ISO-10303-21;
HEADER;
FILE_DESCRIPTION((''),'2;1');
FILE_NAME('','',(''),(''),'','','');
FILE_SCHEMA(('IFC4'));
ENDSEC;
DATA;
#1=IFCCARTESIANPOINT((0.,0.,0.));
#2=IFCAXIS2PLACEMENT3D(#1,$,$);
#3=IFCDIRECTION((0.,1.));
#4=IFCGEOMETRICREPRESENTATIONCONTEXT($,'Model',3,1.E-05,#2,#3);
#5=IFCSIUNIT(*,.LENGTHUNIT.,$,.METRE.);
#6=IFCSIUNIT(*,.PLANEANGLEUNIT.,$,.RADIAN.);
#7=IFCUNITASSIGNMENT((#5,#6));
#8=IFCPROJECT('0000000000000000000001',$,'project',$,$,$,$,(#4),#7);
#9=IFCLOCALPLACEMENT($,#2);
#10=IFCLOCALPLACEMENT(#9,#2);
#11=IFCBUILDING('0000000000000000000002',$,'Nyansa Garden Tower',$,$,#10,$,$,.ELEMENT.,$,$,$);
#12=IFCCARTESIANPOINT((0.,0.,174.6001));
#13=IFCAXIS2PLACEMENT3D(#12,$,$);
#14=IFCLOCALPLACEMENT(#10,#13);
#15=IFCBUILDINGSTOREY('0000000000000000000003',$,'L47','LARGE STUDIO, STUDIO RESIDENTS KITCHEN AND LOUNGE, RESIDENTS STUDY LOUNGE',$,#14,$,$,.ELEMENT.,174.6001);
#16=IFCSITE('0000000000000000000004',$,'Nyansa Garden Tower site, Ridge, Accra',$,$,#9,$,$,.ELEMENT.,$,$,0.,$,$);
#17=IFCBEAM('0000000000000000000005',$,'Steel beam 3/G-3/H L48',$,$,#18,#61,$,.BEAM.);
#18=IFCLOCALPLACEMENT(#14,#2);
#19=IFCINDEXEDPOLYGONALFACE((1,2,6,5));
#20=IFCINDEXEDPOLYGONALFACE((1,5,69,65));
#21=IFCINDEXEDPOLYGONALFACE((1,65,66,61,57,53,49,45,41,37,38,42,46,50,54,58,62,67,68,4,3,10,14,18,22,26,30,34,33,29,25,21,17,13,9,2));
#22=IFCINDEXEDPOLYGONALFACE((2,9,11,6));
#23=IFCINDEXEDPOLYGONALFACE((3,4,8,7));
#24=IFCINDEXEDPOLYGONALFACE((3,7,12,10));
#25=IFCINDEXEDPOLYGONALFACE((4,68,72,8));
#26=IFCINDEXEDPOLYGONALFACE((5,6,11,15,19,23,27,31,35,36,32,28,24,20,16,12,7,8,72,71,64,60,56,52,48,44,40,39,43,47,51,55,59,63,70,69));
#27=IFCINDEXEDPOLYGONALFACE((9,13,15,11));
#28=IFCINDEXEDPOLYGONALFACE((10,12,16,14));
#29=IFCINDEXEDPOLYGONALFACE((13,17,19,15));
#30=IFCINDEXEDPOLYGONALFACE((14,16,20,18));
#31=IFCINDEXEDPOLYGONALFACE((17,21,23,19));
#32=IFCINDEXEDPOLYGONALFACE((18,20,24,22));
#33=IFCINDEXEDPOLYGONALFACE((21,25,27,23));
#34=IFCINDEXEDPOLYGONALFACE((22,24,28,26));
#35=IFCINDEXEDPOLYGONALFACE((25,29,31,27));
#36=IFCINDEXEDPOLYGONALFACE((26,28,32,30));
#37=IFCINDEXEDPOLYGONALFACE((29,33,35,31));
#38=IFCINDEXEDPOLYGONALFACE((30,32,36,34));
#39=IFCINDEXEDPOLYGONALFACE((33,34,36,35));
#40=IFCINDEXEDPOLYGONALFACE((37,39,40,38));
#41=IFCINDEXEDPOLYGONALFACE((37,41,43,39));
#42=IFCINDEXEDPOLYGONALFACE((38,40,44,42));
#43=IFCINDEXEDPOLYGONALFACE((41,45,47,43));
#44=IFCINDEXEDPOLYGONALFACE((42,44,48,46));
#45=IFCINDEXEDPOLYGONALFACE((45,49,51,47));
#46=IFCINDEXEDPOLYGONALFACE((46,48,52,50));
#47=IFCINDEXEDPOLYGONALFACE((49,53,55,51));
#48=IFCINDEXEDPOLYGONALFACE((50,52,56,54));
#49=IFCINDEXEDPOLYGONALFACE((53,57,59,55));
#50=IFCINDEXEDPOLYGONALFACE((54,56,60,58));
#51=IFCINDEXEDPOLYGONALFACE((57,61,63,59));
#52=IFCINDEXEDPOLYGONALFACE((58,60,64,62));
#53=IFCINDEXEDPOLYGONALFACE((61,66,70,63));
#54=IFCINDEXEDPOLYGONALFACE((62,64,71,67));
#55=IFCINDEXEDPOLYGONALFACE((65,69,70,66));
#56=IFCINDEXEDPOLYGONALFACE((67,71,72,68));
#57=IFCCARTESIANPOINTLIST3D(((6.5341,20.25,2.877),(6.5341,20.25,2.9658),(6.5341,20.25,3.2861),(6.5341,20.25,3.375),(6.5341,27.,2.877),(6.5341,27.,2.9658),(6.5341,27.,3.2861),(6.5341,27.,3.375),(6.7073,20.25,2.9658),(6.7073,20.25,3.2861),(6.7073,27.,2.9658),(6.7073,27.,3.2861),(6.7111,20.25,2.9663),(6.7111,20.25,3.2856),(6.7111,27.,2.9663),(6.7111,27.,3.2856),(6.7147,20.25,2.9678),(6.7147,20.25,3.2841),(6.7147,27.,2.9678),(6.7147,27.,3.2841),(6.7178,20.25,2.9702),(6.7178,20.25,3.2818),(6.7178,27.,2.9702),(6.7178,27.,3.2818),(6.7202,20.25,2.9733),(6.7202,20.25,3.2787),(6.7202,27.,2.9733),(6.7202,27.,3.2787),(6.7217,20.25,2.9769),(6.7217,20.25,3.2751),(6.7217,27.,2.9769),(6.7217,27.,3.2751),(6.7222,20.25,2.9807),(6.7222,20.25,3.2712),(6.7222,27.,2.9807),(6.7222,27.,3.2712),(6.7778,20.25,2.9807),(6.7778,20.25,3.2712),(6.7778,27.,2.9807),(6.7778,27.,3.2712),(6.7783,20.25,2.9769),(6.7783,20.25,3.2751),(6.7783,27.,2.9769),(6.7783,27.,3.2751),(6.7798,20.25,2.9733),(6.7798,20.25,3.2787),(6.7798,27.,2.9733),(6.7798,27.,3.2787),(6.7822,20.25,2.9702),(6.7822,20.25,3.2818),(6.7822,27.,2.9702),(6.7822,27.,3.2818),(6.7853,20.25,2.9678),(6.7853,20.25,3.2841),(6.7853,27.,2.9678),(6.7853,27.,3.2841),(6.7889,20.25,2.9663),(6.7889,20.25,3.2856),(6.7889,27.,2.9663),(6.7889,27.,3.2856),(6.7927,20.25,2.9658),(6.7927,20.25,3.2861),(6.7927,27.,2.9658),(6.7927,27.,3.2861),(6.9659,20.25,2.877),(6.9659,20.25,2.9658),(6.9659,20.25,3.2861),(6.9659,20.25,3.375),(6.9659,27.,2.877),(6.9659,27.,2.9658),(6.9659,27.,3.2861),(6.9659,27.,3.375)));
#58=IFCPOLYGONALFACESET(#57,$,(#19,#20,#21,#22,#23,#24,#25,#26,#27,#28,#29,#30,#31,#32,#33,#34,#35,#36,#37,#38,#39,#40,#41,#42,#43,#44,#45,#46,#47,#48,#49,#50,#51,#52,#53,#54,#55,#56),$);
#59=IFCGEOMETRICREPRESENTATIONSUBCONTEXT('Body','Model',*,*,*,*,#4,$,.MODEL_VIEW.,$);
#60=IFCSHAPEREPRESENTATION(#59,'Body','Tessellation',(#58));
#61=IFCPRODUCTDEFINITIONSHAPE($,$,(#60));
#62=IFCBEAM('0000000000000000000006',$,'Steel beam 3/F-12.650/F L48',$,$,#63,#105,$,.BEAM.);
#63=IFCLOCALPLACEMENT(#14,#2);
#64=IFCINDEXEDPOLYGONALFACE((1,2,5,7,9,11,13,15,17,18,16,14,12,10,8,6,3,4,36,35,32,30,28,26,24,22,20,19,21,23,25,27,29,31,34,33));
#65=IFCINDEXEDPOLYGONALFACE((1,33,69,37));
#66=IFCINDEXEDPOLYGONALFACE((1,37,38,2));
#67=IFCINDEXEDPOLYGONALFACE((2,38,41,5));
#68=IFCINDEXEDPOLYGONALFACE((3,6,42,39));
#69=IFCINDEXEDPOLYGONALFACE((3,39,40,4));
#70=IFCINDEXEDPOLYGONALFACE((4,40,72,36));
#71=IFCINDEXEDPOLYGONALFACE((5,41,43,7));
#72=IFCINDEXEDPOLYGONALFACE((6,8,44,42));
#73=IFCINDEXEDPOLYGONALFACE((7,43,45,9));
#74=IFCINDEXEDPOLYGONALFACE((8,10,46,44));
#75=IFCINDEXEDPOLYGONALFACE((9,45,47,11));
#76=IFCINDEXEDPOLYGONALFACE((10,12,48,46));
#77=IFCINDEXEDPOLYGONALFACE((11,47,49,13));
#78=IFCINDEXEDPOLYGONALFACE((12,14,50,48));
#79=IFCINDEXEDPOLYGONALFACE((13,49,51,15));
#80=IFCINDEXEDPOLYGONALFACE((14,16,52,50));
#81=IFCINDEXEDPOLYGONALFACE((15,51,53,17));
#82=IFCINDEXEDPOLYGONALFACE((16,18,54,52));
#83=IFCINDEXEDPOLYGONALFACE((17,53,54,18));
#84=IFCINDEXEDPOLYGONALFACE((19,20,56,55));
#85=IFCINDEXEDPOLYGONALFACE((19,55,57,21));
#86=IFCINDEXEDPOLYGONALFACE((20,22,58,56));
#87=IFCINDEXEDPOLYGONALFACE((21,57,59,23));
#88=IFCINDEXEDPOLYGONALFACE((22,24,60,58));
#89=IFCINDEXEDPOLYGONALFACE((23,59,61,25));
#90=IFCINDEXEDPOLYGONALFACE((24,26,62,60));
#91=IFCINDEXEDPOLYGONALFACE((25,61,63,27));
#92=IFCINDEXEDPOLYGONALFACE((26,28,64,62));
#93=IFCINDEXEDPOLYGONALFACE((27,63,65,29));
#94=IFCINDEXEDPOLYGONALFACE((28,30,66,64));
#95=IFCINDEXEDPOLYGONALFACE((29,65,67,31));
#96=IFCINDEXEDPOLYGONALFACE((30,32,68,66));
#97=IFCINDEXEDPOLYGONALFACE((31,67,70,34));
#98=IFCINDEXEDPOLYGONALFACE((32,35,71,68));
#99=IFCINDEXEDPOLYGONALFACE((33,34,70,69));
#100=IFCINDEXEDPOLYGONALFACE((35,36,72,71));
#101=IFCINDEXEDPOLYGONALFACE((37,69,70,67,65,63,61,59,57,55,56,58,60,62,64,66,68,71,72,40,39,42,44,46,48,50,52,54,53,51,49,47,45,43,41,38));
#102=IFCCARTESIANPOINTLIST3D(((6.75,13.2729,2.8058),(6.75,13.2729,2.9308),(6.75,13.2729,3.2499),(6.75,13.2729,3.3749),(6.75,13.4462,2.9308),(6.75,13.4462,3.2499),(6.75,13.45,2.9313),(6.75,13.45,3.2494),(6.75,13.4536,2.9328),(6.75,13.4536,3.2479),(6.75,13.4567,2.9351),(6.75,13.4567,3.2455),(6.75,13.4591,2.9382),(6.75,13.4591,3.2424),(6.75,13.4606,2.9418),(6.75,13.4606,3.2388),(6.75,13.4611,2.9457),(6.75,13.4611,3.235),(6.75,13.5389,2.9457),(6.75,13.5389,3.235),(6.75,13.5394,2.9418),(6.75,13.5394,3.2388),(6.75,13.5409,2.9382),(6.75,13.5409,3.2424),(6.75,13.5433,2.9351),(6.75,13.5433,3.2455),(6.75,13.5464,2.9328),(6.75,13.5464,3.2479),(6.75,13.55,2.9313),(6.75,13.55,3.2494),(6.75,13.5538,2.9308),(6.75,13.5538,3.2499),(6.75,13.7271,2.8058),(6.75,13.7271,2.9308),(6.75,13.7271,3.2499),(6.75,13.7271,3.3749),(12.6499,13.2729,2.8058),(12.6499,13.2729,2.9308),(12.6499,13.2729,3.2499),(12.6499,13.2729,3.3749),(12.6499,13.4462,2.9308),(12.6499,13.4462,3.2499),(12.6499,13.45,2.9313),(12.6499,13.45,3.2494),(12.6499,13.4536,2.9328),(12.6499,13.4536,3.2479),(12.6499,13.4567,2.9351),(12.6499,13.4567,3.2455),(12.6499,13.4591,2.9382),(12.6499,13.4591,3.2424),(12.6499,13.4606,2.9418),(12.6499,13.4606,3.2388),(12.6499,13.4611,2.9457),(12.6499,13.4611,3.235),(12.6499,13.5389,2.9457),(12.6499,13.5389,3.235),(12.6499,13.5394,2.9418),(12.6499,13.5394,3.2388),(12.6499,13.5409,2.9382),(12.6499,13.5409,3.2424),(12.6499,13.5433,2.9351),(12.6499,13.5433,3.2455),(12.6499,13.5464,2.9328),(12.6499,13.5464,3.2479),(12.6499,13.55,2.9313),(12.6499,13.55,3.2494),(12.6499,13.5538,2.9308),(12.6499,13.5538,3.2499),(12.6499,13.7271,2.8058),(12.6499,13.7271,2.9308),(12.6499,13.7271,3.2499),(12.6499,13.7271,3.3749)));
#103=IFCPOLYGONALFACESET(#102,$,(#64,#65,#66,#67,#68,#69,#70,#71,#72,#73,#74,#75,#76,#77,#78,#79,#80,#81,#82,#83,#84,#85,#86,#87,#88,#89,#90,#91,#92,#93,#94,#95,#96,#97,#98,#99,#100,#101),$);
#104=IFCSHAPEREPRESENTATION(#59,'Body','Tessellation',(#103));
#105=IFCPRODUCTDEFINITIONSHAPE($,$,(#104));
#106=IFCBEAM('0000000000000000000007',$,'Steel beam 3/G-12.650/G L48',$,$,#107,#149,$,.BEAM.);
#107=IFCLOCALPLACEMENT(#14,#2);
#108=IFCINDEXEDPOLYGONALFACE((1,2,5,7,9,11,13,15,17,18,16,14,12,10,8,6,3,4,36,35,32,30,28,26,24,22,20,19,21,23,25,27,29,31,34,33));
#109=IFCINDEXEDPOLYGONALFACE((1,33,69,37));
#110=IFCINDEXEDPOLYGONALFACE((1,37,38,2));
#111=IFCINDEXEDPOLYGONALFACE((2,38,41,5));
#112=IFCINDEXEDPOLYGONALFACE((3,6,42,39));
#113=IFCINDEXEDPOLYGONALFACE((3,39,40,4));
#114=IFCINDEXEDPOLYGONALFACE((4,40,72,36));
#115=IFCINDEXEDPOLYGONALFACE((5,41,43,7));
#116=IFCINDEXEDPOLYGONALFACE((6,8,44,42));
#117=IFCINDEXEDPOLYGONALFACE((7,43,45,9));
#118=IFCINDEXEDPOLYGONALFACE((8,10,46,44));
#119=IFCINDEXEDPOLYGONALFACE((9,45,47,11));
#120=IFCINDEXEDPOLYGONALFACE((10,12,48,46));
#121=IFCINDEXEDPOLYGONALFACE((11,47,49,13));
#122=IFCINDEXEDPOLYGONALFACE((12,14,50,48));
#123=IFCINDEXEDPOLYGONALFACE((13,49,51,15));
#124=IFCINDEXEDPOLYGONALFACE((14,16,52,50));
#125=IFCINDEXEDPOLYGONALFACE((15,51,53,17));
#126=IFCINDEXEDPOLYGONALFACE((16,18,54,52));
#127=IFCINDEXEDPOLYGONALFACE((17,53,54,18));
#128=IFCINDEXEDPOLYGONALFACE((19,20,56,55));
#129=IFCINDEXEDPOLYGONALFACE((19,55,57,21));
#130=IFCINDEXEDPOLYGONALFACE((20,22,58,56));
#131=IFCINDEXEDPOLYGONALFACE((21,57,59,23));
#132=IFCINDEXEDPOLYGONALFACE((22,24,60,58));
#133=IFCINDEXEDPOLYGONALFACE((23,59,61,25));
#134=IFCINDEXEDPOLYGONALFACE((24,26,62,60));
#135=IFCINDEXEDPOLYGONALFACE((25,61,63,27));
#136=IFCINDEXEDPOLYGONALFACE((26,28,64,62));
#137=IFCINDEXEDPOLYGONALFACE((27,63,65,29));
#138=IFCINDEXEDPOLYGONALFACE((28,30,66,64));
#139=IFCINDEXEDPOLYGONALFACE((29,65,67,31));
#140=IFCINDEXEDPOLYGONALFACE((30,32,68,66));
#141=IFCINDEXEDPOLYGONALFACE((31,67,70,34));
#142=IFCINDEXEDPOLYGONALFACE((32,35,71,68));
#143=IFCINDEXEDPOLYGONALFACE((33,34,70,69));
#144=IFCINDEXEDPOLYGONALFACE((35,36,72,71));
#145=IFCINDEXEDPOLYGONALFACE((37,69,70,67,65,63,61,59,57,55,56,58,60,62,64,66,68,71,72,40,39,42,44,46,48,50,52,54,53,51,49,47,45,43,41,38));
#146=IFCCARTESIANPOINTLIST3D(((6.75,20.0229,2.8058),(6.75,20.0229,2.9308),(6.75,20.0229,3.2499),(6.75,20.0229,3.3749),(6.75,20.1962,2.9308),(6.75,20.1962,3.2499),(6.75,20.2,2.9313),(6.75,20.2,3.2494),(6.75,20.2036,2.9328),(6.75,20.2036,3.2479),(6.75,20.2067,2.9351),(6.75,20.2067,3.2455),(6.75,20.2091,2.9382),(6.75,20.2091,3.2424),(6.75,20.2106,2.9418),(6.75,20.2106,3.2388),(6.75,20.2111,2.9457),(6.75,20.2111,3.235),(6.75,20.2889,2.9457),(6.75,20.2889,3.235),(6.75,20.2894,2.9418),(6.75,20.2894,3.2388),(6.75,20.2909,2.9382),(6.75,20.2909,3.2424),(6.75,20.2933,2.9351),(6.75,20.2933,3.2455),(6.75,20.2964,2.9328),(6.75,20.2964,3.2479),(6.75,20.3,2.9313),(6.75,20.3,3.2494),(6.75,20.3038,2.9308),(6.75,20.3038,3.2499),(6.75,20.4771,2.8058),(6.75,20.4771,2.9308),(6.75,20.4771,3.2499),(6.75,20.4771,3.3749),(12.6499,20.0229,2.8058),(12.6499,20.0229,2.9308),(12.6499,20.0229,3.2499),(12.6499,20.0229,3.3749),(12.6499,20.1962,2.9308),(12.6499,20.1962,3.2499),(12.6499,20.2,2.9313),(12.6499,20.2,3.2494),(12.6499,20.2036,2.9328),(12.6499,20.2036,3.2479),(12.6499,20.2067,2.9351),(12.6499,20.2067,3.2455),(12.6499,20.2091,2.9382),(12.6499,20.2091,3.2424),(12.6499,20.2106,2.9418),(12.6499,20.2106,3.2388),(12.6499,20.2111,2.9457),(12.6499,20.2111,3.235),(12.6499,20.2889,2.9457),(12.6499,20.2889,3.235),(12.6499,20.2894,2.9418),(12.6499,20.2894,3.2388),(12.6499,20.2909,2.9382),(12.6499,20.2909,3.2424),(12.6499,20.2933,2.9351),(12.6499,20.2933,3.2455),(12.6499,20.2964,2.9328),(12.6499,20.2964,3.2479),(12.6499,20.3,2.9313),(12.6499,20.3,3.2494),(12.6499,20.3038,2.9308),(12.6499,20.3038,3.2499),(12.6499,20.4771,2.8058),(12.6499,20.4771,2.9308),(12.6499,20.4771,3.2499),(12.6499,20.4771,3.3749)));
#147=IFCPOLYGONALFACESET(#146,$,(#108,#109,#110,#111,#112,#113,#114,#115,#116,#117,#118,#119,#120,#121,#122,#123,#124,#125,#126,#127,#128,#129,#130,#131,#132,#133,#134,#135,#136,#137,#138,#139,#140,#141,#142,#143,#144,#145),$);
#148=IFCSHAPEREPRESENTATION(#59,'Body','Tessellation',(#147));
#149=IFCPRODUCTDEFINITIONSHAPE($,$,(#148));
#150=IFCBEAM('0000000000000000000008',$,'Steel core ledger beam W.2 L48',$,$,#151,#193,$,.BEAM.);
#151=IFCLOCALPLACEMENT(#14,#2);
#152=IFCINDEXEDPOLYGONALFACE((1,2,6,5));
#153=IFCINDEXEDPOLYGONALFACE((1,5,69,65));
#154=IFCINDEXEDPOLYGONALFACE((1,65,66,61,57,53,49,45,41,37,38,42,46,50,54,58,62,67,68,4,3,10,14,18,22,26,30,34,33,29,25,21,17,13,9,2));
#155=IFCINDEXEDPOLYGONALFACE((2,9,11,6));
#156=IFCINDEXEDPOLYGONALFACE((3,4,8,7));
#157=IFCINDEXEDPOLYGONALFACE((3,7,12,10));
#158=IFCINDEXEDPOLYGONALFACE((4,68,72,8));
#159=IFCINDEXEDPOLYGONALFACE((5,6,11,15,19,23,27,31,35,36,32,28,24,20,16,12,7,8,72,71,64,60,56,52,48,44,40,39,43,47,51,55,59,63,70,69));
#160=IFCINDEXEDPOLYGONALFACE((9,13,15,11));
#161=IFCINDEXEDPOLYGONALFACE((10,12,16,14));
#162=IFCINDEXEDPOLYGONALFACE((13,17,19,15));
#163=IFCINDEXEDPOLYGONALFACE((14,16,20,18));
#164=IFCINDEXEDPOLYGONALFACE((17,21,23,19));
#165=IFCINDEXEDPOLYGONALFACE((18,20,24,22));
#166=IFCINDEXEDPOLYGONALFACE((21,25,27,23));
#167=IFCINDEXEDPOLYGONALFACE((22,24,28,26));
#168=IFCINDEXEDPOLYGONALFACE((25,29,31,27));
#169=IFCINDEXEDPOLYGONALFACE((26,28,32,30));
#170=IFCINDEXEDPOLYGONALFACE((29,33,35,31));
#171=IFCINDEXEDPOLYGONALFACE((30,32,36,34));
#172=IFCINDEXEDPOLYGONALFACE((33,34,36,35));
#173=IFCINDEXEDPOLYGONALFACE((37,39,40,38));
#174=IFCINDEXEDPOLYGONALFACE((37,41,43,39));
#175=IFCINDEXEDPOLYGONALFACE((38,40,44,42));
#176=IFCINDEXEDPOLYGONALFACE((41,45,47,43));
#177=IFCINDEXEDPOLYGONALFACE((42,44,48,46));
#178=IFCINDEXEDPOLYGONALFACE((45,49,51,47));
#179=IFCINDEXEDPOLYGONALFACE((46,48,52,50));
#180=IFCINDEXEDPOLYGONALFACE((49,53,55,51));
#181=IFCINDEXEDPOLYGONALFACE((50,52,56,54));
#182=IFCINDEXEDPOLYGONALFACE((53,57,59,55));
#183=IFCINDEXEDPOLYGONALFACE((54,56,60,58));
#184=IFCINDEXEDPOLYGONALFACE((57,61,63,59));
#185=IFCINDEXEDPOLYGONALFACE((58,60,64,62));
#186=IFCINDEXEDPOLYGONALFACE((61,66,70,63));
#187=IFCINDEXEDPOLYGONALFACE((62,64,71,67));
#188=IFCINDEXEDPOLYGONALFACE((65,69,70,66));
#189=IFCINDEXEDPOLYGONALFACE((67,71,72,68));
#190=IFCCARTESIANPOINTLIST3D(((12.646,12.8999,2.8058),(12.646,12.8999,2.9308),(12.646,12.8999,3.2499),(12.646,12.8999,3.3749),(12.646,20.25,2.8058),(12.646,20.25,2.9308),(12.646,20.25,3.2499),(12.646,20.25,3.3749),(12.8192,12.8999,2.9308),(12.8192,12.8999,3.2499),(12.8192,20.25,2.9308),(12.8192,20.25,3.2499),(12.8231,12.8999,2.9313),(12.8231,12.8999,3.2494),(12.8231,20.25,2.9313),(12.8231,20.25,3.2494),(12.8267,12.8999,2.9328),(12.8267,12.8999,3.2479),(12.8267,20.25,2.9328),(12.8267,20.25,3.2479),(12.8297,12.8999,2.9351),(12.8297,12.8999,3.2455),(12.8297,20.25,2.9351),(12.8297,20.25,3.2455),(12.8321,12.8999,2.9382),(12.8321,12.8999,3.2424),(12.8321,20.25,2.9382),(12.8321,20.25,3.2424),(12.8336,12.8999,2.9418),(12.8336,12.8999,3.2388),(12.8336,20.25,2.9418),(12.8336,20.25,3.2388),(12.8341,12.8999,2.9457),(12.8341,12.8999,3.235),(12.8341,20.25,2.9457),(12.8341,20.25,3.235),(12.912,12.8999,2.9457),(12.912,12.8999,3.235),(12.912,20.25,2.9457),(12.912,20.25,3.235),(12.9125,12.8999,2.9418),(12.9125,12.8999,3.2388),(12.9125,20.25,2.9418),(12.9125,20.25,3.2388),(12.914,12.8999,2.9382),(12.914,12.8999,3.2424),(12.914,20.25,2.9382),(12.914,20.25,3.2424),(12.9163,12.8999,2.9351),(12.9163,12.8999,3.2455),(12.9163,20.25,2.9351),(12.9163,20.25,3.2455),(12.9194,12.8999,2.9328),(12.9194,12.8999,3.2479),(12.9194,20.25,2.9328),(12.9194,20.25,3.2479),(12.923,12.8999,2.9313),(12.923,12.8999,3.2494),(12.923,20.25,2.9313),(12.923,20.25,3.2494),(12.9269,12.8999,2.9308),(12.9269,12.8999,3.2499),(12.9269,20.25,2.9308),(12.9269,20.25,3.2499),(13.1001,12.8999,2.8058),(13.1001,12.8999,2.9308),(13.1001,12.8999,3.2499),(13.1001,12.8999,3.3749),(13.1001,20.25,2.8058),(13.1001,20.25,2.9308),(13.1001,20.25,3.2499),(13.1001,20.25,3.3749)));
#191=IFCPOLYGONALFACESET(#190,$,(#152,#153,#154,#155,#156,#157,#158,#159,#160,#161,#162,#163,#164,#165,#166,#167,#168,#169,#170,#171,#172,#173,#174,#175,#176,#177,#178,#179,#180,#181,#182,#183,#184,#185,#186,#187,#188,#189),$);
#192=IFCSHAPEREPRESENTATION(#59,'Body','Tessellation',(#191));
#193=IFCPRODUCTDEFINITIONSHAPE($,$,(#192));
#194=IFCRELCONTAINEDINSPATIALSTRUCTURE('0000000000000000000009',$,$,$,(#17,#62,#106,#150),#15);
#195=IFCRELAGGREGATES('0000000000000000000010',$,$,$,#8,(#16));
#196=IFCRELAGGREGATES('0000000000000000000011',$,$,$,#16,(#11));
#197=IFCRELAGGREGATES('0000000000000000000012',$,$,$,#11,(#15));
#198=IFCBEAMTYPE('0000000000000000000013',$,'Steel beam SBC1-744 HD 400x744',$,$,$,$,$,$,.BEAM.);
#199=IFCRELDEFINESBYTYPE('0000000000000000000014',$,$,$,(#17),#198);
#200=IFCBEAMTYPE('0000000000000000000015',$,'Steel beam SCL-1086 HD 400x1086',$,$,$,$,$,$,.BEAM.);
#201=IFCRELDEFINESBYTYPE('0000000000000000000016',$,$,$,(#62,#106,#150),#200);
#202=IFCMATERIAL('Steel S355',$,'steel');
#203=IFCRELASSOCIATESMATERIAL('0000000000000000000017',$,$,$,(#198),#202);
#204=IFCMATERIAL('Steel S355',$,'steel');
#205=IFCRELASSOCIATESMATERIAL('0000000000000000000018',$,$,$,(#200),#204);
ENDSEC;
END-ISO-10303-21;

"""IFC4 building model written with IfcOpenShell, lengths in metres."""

from ifc_helpers import new_model, si_unit, direction, frame, origin, origin_2d, place, context, subcontext, project, spatial, i_section, extrude, material, material_profile, profile_set, type_object, element, save


model = new_model("IFC4")

# Units and contexts
model_context = context("Model", 3, precision=1e-05, world=origin(), true_north=direction((0.0, 1.0)))
body_context = subcontext(model_context, "Body", "Model", "MODEL_VIEW")
ifc_project = project(units=[si_unit("LENGTHUNIT", "METRE"), si_unit("PLANEANGLEUNIT", "RADIAN")], contexts=[model_context])

# Site, building, storey
site_placement = place(None, origin())
site = spatial("IfcSite", under=ifc_project, at=site_placement, Name="Nyansa Garden Tower site, Ridge, Accra", CompositionType="ELEMENT", RefElevation=0.0)
building_placement = place(site_placement, origin())
building = spatial("IfcBuilding", under=site, at=building_placement, Name="Nyansa Garden Tower", CompositionType="ELEMENT")
storey_placement = place(building_placement, frame((0.0, 0.0, 174.6001)))
storey = spatial("IfcBuildingStorey", under=building, at=storey_placement, Name="L47", Description="LARGE STUDIO, STUDIO RESIDENTS KITCHEN AND LOUNGE, RESIDENTS STUDY LOUNGE", CompositionType="ELEMENT", Elevation=174.6001)

# Beams
ifc_material_1 = material(Name="Steel S355", Category="steel")
ifc_material_profile_1 = material_profile(ifc_material_1, i_section(OverallWidth=0.4319, OverallDepth=0.498, WebThickness=0.0557, FlangeThickness=0.0889, FilletRadius=0.0149, at=origin_2d()), Name="HD 400x744")
ifc_profile_set_1 = profile_set([ifc_material_profile_1], Name="Steel S355")
beam_type_1 = type_object("IfcBeamType", Name="Steel beam SBC1-744 HD 400x744", PredefinedType="BEAM", material=ifc_profile_set_1)
for number, where, z_axis, x_axis, name in (
    (1, (6.75, 20.25, 3.126), (0.0, 1.0, 0.0), (-1.0, 0.0, 0.0), "Steel beam 3/G-3/H L48"),
):
    element("IfcBeam", number, at=place(storey_placement, frame(where, z_axis=z_axis, x_axis=x_axis)), inside=storey, type_object=beam_type_1, Name=name, PredefinedType="BEAM", context=body_context, shape_type="SweptSolid", body=[
        extrude(i_section(OverallWidth=0.4319, OverallDepth=0.498, WebThickness=0.0557, FlangeThickness=0.0889, FilletRadius=0.0149, at=origin_2d()), origin(), (0.0, 0.0, 1.0), 6.75),
    ])
ifc_material_2 = material(Name="Steel S355", Category="steel")
ifc_material_profile_2 = material_profile(ifc_material_2, i_section(OverallWidth=0.4541, OverallDepth=0.5691, WebThickness=0.0779, FlangeThickness=0.125, FilletRadius=0.0149, at=origin_2d()), Name="HD 400x1086")
ifc_profile_set_2 = profile_set([ifc_material_profile_2], Name="Steel S355")
beam_type_2 = type_object("IfcBeamType", Name="Steel beam SCL-1086 HD 400x1086", PredefinedType="BEAM", material=ifc_profile_set_2)
for number, where, z_axis, x_axis, name in (
    (2, (6.75, 13.5, 3.0903), (1.0, 0.0, 0.0), (0.0, 1.0, 0.0), "Steel beam 3/F-12.650/F L48"),
    (3, (6.75, 20.25, 3.0903), (1.0, 0.0, 0.0), (0.0, 1.0, 0.0), "Steel beam 3/G-12.650/G L48"),
):
    element("IfcBeam", number, at=place(storey_placement, frame(where, z_axis=z_axis, x_axis=x_axis)), inside=storey, type_object=beam_type_2, Name=name, PredefinedType="BEAM", context=body_context, shape_type="SweptSolid", body=[
        extrude(i_section(OverallWidth=0.4541, OverallDepth=0.5691, WebThickness=0.0779, FlangeThickness=0.125, FilletRadius=0.0149, at=origin_2d()), origin(), (0.0, 0.0, 1.0), 5.8999),
    ])
beam_placement = place(storey_placement, frame((12.873, 20.25, 3.0903), z_axis=(0.0, -1.0, 0.0), x_axis=(1.0, 0.0, 0.0)))
element("IfcBeam", 4, at=beam_placement, inside=storey, type_object=beam_type_2, Name="Steel core ledger beam W.2 L48", PredefinedType="BEAM", context=body_context, shape_type="SweptSolid", body=[
    extrude(i_section(OverallWidth=0.4541, OverallDepth=0.5691, WebThickness=0.0779, FlangeThickness=0.125, FilletRadius=0.0149, at=origin_2d()), origin(), (0.0, 0.0, 1.0), 7.3501),
])

save(model, "model.ifc")
